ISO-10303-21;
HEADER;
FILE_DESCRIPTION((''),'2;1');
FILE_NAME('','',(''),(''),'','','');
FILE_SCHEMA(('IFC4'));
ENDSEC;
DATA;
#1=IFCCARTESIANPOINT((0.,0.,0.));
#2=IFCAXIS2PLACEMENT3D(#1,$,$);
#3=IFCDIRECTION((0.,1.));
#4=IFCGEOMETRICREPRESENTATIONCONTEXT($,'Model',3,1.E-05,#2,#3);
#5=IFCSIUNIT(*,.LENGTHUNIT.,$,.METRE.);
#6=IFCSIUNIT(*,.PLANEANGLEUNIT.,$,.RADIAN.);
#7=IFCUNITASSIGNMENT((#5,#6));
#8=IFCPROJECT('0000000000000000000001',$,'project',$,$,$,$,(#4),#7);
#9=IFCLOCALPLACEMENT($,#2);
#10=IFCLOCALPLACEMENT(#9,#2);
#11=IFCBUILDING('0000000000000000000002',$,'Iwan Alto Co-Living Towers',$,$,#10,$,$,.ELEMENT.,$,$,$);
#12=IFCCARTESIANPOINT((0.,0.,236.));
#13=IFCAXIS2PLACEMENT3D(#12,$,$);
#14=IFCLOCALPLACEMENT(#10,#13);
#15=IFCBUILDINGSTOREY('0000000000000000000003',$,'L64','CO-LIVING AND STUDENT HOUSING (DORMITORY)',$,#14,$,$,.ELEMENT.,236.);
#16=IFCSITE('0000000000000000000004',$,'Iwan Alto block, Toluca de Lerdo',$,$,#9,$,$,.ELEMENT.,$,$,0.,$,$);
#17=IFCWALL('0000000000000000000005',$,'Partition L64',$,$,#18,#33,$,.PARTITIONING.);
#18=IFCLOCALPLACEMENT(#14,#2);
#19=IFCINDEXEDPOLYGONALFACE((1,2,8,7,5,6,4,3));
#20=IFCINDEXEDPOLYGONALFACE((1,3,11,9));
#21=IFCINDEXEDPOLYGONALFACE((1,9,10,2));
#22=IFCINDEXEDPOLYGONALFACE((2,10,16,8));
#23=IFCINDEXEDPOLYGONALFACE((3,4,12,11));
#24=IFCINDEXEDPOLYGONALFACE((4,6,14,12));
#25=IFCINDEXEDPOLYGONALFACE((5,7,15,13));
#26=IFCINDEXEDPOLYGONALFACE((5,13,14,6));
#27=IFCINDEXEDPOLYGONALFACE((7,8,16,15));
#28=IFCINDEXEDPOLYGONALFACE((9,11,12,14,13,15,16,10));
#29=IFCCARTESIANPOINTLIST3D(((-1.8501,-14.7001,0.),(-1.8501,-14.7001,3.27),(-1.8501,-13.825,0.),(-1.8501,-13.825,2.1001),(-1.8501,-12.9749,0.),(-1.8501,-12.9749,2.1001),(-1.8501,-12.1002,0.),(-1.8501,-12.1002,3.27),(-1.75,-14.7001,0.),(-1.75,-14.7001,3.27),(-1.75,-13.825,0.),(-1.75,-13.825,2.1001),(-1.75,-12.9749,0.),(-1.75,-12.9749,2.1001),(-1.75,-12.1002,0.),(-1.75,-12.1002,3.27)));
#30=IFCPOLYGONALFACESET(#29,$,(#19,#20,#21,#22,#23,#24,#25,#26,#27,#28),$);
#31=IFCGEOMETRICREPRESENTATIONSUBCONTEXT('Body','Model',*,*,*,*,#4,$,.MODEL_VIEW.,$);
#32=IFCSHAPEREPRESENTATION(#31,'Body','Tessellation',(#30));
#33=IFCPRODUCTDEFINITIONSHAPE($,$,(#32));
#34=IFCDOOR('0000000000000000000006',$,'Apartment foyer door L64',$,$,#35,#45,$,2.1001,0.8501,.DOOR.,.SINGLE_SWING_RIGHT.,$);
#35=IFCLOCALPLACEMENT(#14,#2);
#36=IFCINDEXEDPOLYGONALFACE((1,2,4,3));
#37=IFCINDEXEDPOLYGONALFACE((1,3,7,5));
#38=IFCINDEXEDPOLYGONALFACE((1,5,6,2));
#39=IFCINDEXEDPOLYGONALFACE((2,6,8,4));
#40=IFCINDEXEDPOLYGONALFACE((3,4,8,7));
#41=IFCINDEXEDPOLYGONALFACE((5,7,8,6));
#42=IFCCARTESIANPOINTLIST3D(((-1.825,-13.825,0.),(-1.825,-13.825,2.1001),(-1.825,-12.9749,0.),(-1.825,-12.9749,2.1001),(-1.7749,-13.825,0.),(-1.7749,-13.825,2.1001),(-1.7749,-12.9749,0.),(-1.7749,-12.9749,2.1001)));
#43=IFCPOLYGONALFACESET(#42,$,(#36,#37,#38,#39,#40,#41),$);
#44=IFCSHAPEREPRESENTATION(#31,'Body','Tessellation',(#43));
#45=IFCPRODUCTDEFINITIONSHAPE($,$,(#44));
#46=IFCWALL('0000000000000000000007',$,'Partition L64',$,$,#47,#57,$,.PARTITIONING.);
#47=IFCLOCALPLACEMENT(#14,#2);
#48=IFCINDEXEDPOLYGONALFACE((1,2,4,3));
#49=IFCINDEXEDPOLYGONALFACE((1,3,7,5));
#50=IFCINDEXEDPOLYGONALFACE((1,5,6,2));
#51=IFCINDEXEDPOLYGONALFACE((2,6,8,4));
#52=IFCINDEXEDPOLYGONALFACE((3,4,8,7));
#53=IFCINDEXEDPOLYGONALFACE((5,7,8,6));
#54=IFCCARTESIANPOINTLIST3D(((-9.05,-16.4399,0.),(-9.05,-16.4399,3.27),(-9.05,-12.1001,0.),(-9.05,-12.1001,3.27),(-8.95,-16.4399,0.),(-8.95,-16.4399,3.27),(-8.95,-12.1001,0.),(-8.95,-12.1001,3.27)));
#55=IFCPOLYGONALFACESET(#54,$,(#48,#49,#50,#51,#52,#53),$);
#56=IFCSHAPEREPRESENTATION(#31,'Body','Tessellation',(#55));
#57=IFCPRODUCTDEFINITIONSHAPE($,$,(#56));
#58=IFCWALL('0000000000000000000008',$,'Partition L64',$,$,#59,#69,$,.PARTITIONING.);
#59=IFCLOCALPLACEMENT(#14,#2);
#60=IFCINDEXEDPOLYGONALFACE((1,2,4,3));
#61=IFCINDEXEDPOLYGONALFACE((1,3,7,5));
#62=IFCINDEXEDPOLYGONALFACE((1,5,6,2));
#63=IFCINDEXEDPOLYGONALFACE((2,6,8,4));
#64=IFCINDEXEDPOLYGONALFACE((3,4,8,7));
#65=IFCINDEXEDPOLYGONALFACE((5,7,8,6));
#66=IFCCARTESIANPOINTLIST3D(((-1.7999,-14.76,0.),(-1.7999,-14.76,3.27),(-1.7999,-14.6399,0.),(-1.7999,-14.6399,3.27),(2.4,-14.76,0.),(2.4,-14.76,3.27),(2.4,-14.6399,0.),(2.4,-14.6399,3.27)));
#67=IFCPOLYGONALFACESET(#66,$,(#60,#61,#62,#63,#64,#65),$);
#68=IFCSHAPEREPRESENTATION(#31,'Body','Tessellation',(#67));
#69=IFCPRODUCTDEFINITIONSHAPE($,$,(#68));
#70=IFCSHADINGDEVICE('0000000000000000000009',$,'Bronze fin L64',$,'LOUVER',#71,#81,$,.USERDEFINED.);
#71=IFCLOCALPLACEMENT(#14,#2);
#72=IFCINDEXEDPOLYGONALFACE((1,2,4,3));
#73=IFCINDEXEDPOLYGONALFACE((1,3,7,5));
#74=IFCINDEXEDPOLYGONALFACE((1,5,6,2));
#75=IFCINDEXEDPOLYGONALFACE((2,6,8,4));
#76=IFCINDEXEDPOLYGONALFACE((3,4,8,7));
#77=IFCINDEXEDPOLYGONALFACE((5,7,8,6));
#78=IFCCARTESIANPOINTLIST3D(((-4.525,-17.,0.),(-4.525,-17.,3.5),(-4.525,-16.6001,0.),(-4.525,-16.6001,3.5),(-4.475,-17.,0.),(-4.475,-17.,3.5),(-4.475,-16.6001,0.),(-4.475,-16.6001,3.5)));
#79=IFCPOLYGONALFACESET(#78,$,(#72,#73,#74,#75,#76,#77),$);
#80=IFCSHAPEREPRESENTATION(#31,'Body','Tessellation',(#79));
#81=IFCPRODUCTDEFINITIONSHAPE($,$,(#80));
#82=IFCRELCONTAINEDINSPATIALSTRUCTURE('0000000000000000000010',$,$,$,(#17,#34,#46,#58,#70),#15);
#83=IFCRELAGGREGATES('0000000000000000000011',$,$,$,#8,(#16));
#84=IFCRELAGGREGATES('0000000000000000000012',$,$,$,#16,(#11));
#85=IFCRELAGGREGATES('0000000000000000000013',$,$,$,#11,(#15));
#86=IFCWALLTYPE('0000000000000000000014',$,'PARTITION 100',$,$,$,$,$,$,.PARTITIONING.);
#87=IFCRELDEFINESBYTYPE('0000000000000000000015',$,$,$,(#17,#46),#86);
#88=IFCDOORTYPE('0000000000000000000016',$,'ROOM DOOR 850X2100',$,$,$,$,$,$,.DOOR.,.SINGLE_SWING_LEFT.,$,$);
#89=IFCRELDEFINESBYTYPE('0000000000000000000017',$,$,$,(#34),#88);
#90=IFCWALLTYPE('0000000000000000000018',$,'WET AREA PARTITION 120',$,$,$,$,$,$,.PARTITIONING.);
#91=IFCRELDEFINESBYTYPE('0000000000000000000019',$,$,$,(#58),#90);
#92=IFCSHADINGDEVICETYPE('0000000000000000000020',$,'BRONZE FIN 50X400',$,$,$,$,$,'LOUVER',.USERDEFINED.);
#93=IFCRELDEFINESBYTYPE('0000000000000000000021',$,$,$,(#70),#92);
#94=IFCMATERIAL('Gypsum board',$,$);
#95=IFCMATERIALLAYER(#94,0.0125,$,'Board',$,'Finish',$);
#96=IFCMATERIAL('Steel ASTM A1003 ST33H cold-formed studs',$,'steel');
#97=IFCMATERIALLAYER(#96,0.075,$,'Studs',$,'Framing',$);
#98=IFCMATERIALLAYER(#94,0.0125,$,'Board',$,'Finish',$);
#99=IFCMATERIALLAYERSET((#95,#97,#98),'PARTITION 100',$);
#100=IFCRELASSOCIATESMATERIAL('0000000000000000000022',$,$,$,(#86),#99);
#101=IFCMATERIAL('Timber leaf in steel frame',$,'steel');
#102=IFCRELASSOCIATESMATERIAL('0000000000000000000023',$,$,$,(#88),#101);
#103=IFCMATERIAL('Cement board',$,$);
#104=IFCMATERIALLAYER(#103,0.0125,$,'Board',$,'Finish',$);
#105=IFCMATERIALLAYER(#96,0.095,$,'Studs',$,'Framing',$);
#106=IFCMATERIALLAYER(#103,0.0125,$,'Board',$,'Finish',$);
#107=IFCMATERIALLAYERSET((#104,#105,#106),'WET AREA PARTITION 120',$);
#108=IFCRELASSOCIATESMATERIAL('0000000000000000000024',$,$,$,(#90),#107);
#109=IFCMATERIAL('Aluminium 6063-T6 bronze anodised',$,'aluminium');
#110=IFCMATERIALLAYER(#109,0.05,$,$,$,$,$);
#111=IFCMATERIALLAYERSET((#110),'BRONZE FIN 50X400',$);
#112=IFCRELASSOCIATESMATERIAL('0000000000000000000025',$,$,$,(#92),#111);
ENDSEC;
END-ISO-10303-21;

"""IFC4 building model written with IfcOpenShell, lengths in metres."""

from ifc_helpers import new_model, si_unit, direction, frame, frame_2d, origin, origin_2d, place, context, subcontext, project, spatial, rectangle, extrude, material, layer, layer_set, type_object, element, fill, save


model = new_model("IFC4")

# Units and contexts
model_context = context("Model", 3, precision=1e-05, world=origin(), true_north=direction((0.0, 1.0)))
body_context = subcontext(model_context, "Body", "Model", "MODEL_VIEW")
ifc_project = project(units=[si_unit("LENGTHUNIT", "METRE"), si_unit("PLANEANGLEUNIT", "RADIAN")], contexts=[model_context])

# Site, building, storey
site_placement = place(None, origin())
site = spatial("IfcSite", under=ifc_project, at=site_placement, Name="Iwan Alto block, Toluca de Lerdo", CompositionType="ELEMENT", RefElevation=0.0)
building_placement = place(site_placement, origin())
building = spatial("IfcBuilding", under=site, at=building_placement, Name="Iwan Alto Co-Living Towers", CompositionType="ELEMENT")
storey_placement = place(building_placement, frame((0.0, 0.0, 236.0)))
storey = spatial("IfcBuildingStorey", under=building, at=storey_placement, Name="L64", Description="CO-LIVING AND STUDENT HOUSING (DORMITORY)", CompositionType="ELEMENT", Elevation=236.0)

# Wall, opening, door
ifc_material_1 = material(Name="Gypsum board")
ifc_layer_1 = layer(ifc_material_1, 0.0125, Name="Board", Category="Finish")
ifc_material_2 = material(Name="Steel ASTM A1003 ST33H cold-formed studs", Category="steel")
ifc_layer_2 = layer(ifc_material_2, 0.075, Name="Studs", Category="Framing")
ifc_layer_3 = layer(ifc_material_1, 0.0125, Name="Board", Category="Finish")
ifc_layer_set_1 = layer_set([ifc_layer_1, ifc_layer_2, ifc_layer_3], Name="PARTITION 100")
wall_type_1 = type_object("IfcWallType", Name="PARTITION 100", PredefinedType="PARTITIONING", material=ifc_layer_set_1)
wall_1_placement = place(storey_placement, frame((-1.8, -14.7, 0.0), z_axis=(0.0, 0.0, 1.0), x_axis=(0.0, 1.0, 0.0)))
wall_1 = element("IfcWall", 1, at=wall_1_placement, inside=storey, type_object=wall_type_1, Name="Partition L64", PredefinedType="PARTITIONING", context=body_context, shape_type="SweptSolid", body=[
    extrude(rectangle(XDim=2.5999, YDim=0.1001, at=frame_2d((1.2998, 0.0))), origin(), (0.0, 0.0, 1.0), 3.27),
])
opening_placement = place(wall_1_placement, frame((0.875, 0.0, 0.0)))
opening = element("IfcOpeningElement", 2, at=opening_placement, cuts=wall_1, PredefinedType="OPENING", context=body_context, shape_type="SweptSolid", body=[
    extrude(rectangle(XDim=0.8501, YDim=2.1001, at=frame_2d((0.425, 1.05))), frame((0.0, 0.0601, 0.0), z_axis=(0.0, -1.0, 0.0), x_axis=(1.0, 0.0, 0.0)), (0.0, 0.0, 1.0), 0.1201),
])
ifc_material_3 = material(Name="Timber leaf in steel frame", Category="steel")
door_type = type_object("IfcDoorType", Name="ROOM DOOR 850X2100", OperationType="SINGLE_SWING_LEFT", PredefinedType="DOOR", material=ifc_material_3)
door_placement = place(opening_placement, origin())
door = element("IfcDoor", 3, at=door_placement, inside=storey, type_object=door_type, Name="Apartment foyer door L64", OperationType="SINGLE_SWING_RIGHT", OverallHeight=2.1001, OverallWidth=0.8501, PredefinedType="DOOR", context=body_context, shape_type="SweptSolid", body=[
    extrude(rectangle(XDim=0.8501, YDim=2.1001, at=frame_2d((0.425, 1.05))), frame((0.0, 0.0249, 0.0), z_axis=(0.0, -1.0, 0.0), x_axis=(1.0, 0.0, 0.0)), (0.0, 0.0, 1.0), 0.05),
])
fill(opening, door)

# Walls
wall_2_placement = place(storey_placement, frame((-9.0, -16.4399, 0.0), z_axis=(0.0, 0.0, 1.0), x_axis=(0.0, 1.0, 0.0)))
element("IfcWall", 4, at=wall_2_placement, inside=storey, type_object=wall_type_1, Name="Partition L64", PredefinedType="PARTITIONING", context=body_context, shape_type="SweptSolid", body=[
    extrude(rectangle(XDim=4.3398, YDim=0.1001, at=frame_2d((2.1699, 0.0))), origin(), (0.0, 0.0, 1.0), 3.27),
])
ifc_material_4 = material(Name="Cement board")
ifc_layer_4 = layer(ifc_material_4, 0.0125, Name="Board", Category="Finish")
ifc_layer_5 = layer(ifc_material_2, 0.095, Name="Studs", Category="Framing")
ifc_layer_6 = layer(ifc_material_4, 0.0125, Name="Board", Category="Finish")
ifc_layer_set_2 = layer_set([ifc_layer_4, ifc_layer_5, ifc_layer_6], Name="WET AREA PARTITION 120")
wall_type_2 = type_object("IfcWallType", Name="WET AREA PARTITION 120", PredefinedType="PARTITIONING", material=ifc_layer_set_2)
wall_3_placement = place(storey_placement, frame((-1.8, -14.7, 0.0), z_axis=(0.0, 0.0, 1.0), x_axis=(1.0, 0.0, 0.0)))
element("IfcWall", 5, at=wall_3_placement, inside=storey, type_object=wall_type_2, Name="Partition L64", PredefinedType="PARTITIONING", context=body_context, shape_type="SweptSolid", body=[
    extrude(rectangle(XDim=4.2, YDim=0.1201, at=frame_2d((2.1001, 0.0))), origin(), (0.0, 0.0, 1.0), 3.27),
])

# Shading device
ifc_material_5 = material(Name="Aluminium 6063-T6 bronze anodised", Category="aluminium")
ifc_layer_7 = layer(ifc_material_5, 0.05)
ifc_layer_set_3 = layer_set([ifc_layer_7], Name="BRONZE FIN 50X400")
shading_device_type = type_object("IfcShadingDeviceType", Name="BRONZE FIN 50X400", ElementType="LOUVER", PredefinedType="USERDEFINED", material=ifc_layer_set_3)
shading_device_placement = place(storey_placement, frame((-4.5, -16.8, 0.0), z_axis=(0.0, 0.0, 1.0), x_axis=(1.0, 0.0, 0.0)))
element("IfcShadingDevice", 6, at=shading_device_placement, inside=storey, type_object=shading_device_type, Name="Bronze fin L64", ObjectType="LOUVER", PredefinedType="USERDEFINED", context=body_context, shape_type="SweptSolid", body=[
    extrude(rectangle(XDim=0.05, YDim=0.3999, at=origin_2d()), origin(), (0.0, 0.0, 1.0), 3.5),
])

save(model, "model.ifc")
